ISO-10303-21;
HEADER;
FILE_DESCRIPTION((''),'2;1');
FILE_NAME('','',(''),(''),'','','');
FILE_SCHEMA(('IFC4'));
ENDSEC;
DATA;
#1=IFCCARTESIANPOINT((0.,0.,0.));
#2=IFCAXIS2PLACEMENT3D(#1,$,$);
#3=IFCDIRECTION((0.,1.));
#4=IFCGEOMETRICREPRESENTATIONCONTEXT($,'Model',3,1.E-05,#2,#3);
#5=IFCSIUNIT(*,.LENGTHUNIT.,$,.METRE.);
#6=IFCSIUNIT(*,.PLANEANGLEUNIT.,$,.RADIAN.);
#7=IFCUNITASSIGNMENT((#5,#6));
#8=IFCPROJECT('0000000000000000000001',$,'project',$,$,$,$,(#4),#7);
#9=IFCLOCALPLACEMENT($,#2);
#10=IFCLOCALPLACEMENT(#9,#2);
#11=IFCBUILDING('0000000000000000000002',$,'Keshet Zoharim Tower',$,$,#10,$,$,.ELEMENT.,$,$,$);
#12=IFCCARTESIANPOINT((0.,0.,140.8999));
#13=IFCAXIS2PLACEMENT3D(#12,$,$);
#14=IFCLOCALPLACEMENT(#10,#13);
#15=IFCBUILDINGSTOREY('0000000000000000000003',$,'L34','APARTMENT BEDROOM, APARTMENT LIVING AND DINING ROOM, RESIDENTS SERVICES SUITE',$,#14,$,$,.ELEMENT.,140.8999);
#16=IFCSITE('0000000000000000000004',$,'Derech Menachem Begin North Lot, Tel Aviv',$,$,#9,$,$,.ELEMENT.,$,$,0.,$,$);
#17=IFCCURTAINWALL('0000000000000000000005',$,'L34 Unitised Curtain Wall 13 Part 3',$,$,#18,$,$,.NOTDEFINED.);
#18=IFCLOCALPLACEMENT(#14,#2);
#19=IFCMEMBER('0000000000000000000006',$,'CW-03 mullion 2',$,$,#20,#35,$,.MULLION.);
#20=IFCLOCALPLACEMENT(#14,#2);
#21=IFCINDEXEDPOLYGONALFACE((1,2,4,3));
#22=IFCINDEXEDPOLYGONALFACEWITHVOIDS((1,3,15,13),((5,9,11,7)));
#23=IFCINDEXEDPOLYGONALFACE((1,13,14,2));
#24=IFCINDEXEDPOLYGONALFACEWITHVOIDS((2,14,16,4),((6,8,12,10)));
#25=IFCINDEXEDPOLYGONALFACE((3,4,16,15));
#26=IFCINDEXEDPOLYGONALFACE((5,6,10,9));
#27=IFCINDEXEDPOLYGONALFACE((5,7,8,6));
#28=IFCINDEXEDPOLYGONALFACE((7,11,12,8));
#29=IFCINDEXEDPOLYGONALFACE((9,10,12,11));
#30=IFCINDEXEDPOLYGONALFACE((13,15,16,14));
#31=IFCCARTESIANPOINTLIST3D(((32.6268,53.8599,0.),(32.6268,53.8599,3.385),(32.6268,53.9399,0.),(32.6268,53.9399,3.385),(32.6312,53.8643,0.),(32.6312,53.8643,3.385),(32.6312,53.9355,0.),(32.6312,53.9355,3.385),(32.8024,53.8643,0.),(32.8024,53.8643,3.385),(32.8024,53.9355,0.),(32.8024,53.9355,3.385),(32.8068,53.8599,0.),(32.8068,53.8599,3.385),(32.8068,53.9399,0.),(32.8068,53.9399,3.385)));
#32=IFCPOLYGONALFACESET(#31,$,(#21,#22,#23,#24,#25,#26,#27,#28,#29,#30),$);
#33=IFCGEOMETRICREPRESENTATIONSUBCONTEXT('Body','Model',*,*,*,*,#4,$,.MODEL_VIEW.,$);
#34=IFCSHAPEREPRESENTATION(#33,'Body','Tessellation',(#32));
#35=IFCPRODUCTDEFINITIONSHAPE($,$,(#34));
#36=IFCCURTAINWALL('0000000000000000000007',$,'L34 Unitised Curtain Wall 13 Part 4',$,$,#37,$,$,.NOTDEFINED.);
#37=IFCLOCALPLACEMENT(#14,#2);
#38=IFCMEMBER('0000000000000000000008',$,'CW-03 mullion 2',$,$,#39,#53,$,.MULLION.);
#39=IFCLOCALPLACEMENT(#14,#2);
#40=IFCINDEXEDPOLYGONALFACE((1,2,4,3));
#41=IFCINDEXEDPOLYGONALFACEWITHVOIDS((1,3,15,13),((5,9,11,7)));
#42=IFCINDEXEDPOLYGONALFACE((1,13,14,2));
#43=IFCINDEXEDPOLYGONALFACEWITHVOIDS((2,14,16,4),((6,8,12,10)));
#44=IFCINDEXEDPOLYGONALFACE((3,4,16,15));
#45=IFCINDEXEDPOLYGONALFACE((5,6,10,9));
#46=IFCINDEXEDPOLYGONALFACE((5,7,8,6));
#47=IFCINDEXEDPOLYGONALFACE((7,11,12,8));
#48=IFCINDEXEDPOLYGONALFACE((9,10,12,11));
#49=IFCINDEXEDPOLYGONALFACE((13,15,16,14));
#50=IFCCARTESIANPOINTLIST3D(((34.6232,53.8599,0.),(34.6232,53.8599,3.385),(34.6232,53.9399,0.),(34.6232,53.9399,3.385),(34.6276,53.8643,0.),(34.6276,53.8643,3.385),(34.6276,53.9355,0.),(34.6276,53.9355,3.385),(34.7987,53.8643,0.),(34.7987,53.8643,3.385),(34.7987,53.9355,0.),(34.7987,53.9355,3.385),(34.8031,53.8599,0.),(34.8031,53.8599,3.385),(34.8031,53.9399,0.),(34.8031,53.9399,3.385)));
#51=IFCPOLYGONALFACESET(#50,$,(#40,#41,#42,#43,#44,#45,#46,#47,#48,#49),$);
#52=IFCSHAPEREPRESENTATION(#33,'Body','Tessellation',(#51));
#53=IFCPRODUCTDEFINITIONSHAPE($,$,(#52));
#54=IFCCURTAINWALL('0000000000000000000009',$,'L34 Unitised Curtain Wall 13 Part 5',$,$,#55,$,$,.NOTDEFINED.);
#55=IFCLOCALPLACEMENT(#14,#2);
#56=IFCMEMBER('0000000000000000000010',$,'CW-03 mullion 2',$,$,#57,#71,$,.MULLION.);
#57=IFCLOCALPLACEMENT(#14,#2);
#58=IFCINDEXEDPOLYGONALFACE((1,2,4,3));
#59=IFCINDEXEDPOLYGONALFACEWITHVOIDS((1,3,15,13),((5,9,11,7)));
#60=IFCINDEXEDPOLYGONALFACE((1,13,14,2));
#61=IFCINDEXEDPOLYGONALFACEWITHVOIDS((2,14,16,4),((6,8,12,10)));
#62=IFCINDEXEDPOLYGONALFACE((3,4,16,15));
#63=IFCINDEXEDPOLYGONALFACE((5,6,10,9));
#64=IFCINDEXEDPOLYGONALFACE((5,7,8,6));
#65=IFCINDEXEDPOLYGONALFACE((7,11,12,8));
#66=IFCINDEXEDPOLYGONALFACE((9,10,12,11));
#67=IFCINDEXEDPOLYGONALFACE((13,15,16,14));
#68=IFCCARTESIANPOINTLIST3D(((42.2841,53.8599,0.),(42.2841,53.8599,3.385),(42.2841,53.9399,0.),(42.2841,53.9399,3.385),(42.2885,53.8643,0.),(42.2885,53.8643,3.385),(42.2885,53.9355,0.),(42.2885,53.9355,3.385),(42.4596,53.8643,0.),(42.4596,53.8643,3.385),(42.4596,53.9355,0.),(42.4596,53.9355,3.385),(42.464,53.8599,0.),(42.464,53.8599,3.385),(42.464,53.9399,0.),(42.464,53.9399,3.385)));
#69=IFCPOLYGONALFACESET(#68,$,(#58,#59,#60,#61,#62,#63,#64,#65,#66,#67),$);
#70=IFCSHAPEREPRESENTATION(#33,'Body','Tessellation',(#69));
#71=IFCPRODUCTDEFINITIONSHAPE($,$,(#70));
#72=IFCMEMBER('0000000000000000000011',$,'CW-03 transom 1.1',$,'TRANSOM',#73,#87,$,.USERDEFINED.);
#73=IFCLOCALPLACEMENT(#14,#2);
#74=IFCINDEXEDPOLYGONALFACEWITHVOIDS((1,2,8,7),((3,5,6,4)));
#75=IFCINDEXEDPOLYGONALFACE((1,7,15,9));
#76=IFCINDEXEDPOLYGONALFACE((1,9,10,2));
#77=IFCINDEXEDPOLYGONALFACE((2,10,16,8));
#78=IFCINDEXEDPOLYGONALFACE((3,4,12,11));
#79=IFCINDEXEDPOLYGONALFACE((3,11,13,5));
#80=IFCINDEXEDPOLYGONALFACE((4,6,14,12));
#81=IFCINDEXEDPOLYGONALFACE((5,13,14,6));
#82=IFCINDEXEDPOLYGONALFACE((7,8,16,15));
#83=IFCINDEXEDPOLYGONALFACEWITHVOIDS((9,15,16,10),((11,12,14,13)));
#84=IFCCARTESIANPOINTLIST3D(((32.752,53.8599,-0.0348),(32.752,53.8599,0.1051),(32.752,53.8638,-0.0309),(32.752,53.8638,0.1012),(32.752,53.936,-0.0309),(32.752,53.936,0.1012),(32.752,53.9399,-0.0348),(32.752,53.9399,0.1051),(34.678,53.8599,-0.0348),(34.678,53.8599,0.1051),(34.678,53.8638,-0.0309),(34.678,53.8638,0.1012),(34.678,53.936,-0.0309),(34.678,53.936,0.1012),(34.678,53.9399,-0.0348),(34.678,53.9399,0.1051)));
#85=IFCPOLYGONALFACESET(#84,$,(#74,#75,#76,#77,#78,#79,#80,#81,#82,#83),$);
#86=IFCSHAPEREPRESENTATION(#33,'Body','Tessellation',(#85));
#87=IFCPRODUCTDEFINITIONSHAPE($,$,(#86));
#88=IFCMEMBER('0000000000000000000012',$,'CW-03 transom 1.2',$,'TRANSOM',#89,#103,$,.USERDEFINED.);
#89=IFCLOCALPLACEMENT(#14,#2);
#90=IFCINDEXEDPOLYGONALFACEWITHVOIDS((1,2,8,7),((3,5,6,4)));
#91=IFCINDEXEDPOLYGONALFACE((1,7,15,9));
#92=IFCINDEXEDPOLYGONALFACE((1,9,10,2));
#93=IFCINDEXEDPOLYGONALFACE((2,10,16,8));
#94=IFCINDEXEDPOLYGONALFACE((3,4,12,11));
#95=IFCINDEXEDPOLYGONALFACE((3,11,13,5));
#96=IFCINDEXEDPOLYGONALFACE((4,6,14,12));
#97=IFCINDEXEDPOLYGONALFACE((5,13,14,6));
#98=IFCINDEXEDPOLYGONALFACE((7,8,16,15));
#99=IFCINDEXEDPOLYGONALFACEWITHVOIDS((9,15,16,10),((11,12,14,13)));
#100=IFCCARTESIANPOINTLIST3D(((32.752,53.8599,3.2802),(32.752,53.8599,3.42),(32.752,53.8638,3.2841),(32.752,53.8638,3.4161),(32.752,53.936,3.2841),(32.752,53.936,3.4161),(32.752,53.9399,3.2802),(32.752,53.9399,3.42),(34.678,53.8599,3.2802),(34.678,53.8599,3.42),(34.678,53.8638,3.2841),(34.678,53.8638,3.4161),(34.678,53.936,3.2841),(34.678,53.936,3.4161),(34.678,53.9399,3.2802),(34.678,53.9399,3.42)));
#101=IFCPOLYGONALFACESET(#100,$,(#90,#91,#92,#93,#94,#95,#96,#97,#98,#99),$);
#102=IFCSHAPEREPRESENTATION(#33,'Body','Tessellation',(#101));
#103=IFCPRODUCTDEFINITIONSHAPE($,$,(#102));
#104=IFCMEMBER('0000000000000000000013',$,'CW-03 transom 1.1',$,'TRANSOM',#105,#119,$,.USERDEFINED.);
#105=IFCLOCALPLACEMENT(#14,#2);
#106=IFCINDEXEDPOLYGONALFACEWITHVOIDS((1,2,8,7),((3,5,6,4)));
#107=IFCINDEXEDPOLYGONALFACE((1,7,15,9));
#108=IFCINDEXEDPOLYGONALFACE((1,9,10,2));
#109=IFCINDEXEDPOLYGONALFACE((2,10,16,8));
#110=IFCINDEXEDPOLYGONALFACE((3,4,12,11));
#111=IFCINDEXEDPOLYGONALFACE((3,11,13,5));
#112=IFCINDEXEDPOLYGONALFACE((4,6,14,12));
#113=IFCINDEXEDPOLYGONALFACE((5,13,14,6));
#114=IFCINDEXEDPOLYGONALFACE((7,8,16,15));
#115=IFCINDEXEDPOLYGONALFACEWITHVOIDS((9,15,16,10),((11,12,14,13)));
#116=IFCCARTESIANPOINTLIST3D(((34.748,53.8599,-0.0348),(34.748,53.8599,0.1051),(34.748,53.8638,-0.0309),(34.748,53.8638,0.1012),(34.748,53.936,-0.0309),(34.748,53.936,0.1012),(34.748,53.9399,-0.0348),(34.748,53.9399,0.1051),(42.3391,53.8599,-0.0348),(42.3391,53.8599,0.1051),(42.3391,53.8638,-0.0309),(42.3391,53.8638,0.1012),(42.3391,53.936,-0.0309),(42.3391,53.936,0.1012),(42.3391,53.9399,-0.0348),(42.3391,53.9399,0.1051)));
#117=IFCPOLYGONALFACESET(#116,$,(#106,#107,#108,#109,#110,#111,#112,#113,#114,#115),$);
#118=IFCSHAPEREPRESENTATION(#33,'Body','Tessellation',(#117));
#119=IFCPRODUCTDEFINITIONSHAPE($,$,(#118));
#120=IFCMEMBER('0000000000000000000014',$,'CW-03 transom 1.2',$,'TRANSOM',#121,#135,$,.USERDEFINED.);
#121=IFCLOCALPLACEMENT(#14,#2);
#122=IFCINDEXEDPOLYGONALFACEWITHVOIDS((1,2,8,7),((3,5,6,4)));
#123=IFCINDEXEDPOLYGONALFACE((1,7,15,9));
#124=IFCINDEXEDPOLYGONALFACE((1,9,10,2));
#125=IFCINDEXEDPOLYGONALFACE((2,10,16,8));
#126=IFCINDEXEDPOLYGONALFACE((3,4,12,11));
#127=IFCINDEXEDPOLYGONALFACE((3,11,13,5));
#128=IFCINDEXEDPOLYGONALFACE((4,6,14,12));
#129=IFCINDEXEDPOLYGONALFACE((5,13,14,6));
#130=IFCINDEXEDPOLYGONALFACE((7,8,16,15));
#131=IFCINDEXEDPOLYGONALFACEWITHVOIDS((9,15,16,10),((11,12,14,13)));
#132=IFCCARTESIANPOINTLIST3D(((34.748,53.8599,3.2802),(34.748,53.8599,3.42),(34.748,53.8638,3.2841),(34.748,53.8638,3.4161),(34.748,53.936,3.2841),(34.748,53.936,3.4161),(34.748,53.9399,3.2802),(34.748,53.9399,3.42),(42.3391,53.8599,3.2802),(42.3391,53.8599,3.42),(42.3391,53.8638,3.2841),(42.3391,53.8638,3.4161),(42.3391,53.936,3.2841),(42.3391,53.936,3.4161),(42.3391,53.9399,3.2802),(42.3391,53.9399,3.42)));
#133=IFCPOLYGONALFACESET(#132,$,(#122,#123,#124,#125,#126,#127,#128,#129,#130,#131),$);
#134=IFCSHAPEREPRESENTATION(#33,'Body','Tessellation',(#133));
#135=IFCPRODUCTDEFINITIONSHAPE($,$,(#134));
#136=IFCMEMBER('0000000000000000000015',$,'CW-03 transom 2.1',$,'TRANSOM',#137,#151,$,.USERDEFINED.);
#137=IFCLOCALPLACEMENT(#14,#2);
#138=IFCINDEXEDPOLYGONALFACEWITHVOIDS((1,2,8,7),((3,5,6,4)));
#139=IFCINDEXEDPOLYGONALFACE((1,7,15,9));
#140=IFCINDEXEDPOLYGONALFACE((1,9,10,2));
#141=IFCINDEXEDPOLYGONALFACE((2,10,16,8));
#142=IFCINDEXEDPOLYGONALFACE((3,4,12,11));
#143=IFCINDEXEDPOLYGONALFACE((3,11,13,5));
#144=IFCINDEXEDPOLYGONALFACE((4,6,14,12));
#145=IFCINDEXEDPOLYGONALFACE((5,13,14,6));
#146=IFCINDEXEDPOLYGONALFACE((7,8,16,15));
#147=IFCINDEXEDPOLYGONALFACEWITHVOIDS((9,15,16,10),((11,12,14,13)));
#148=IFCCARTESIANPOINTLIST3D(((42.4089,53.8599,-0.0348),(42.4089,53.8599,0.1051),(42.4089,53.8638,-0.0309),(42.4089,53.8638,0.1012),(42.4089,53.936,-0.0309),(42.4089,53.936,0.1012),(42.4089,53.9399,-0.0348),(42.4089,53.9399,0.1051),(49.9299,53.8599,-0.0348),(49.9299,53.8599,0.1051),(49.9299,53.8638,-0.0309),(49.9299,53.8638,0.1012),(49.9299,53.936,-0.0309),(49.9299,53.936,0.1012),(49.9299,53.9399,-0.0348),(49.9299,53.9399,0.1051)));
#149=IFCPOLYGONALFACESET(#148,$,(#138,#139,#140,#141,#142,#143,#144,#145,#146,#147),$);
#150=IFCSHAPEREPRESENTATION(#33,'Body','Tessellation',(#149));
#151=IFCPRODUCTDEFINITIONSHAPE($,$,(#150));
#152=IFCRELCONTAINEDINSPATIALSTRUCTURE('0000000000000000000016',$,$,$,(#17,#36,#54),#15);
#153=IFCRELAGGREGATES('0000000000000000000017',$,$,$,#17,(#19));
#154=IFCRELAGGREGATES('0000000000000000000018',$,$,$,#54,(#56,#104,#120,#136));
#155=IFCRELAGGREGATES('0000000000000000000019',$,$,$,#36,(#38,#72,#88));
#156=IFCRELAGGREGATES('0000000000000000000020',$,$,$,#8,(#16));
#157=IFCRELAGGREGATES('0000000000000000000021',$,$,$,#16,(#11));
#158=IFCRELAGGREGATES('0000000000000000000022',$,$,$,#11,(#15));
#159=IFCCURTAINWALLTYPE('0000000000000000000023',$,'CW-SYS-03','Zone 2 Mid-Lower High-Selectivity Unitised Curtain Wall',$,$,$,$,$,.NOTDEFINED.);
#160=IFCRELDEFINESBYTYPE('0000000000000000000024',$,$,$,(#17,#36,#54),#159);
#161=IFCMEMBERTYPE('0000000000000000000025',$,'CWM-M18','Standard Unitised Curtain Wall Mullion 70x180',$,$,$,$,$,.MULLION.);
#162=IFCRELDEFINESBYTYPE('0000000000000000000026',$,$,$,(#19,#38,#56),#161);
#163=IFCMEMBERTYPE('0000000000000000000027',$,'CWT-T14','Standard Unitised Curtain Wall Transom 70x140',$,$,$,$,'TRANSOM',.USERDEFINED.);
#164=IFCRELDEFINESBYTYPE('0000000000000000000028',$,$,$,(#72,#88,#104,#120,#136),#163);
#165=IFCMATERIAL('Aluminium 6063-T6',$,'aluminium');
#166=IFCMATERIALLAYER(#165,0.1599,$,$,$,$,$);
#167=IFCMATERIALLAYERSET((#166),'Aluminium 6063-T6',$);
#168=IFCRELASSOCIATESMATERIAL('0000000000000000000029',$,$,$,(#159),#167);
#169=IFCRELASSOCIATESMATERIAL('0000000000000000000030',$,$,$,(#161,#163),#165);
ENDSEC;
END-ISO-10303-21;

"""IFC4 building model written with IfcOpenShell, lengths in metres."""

from ifc_helpers import new_model, si_unit, direction, frame, origin, origin_2d, place, context, subcontext, project, spatial, hollow_rectangle, extrude, material, layer, layer_set, material_profile, profile_set, type_object, element, aggregate, save


model = new_model("IFC4")

# Units and contexts
model_context = context("Model", 3, precision=1e-05, world=origin(), true_north=direction((0.0, 1.0)))
body_context = subcontext(model_context, "Body", "Model", "MODEL_VIEW")
ifc_project = project(units=[si_unit("LENGTHUNIT", "METRE"), si_unit("PLANEANGLEUNIT", "RADIAN")], contexts=[model_context])

# Site, building, storey
site_placement = place(None, origin())
site = spatial("IfcSite", under=ifc_project, at=site_placement, Name="Derech Menachem Begin North Lot, Tel Aviv", CompositionType="ELEMENT", RefElevation=0.0)
building_placement = place(site_placement, origin())
building = spatial("IfcBuilding", under=site, at=building_placement, Name="Keshet Zoharim Tower", CompositionType="ELEMENT")
storey_placement = place(building_placement, frame((0.0, 0.0, 140.8999)))
storey = spatial("IfcBuildingStorey", under=building, at=storey_placement, Name="L34", Description="APARTMENT BEDROOM, APARTMENT LIVING AND DINING ROOM, RESIDENTS SERVICES SUITE", CompositionType="ELEMENT", Elevation=140.8999)

# Curtain walls, members
ifc_material_1 = material(Name="Aluminium 6063-T6", Category="aluminium")
ifc_layer_1 = layer(ifc_material_1, 0.1599)
ifc_layer_set_1 = layer_set([ifc_layer_1], Name="Aluminium 6063-T6")
curtain_wall_type = type_object("IfcCurtainWallType", Name="CW-SYS-03", Description="Zone 2 Mid-Lower High-Selectivity Unitised Curtain Wall", PredefinedType="NOTDEFINED", material=ifc_layer_set_1)
curtain_wall_1_placement = place(storey_placement, origin())
curtain_wall_1 = element("IfcCurtainWall", 1, at=curtain_wall_1_placement, inside=storey, type_object=curtain_wall_type, Name="L34 Unitised Curtain Wall 13 Part 3", PredefinedType="NOTDEFINED")
ifc_material_profile_1 = material_profile(ifc_material_1, hollow_rectangle(XDim=0.0801, YDim=0.1799, WallThickness=0.0044, at=origin_2d()), Name="MUL-80x180")
ifc_profile_set_1 = profile_set([ifc_material_profile_1], Name="Aluminium 6063-T6")
member_type_1 = type_object("IfcMemberType", Name="CWM-M18", Description="Standard Unitised Curtain Wall Mullion 70x180", PredefinedType="MULLION", material=ifc_profile_set_1)
member_1_placement = place(storey_placement, frame((32.7168, 53.8999, 0.0), z_axis=(0.0, 0.0, 1.0), x_axis=(0.0, 1.0, 0.0)))
member_1 = element("IfcMember", 2, at=member_1_placement, type_object=member_type_1, Name="CW-03 mullion 2", PredefinedType="MULLION", context=body_context, shape_type="SweptSolid", body=[
    extrude(hollow_rectangle(XDim=0.0801, YDim=0.1799, WallThickness=0.0044, at=origin_2d()), origin(), (0.0, 0.0, 1.0), 3.385),
])
aggregate(curtain_wall_1, [member_1])
curtain_wall_2_placement = place(storey_placement, origin())
curtain_wall_2 = element("IfcCurtainWall", 3, at=curtain_wall_2_placement, inside=storey, type_object=curtain_wall_type, Name="L34 Unitised Curtain Wall 13 Part 4", PredefinedType="NOTDEFINED")
member_2_placement = place(storey_placement, frame((34.7131, 53.8999, 0.0), z_axis=(0.0, 0.0, 1.0), x_axis=(0.0, 1.0, 0.0)))
member_2 = element("IfcMember", 4, at=member_2_placement, type_object=member_type_1, Name="CW-03 mullion 2", PredefinedType="MULLION", context=body_context, shape_type="SweptSolid", body=[
    extrude(hollow_rectangle(XDim=0.0801, YDim=0.1799, WallThickness=0.0044, at=origin_2d()), origin(), (0.0, 0.0, 1.0), 3.385),
])
curtain_wall_3_placement = place(storey_placement, origin())
curtain_wall_3 = element("IfcCurtainWall", 5, at=curtain_wall_3_placement, inside=storey, type_object=curtain_wall_type, Name="L34 Unitised Curtain Wall 13 Part 5", PredefinedType="NOTDEFINED")
member_3_placement = place(storey_placement, frame((42.374, 53.8999, 0.0), z_axis=(0.0, 0.0, 1.0), x_axis=(0.0, 1.0, 0.0)))
member_3 = element("IfcMember", 6, at=member_3_placement, type_object=member_type_1, Name="CW-03 mullion 2", PredefinedType="MULLION", context=body_context, shape_type="SweptSolid", body=[
    extrude(hollow_rectangle(XDim=0.0801, YDim=0.1799, WallThickness=0.0044, at=origin_2d()), origin(), (0.0, 0.0, 1.0), 3.385),
])

# Members
ifc_material_profile_2 = material_profile(ifc_material_1, hollow_rectangle(XDim=0.0801, YDim=0.1399, WallThickness=0.0039, at=origin_2d()), Name="TRN-80x140")
ifc_profile_set_2 = profile_set([ifc_material_profile_2], Name="Aluminium 6063-T6")
member_type_2 = type_object("IfcMemberType", Name="CWT-T14", Description="Standard Unitised Curtain Wall Transom 70x140", ElementType="TRANSOM", PredefinedType="USERDEFINED", material=ifc_profile_set_2)
member_4_placement = place(storey_placement, frame((32.752, 53.8999, 0.0352), z_axis=(1.0, 0.0, 0.0), x_axis=(0.0, 1.0, 0.0)))
member_4 = element("IfcMember", 7, at=member_4_placement, type_object=member_type_2, Name="CW-03 transom 1.1", ObjectType="TRANSOM", PredefinedType="USERDEFINED", context=body_context, shape_type="SweptSolid", body=[
    extrude(hollow_rectangle(XDim=0.0801, YDim=0.1399, WallThickness=0.0039, at=origin_2d()), origin(), (0.0, 0.0, 1.0), 1.926),
])
member_5_placement = place(storey_placement, frame((32.752, 53.8999, 3.3501), z_axis=(1.0, 0.0, 0.0), x_axis=(0.0, 1.0, 0.0)))
member_5 = element("IfcMember", 8, at=member_5_placement, type_object=member_type_2, Name="CW-03 transom 1.2", ObjectType="TRANSOM", PredefinedType="USERDEFINED", context=body_context, shape_type="SweptSolid", body=[
    extrude(hollow_rectangle(XDim=0.0801, YDim=0.1399, WallThickness=0.0039, at=origin_2d()), origin(), (0.0, 0.0, 1.0), 1.926),
])
member_6_placement = place(storey_placement, frame((34.748, 53.8999, 0.0352), z_axis=(1.0, 0.0, 0.0), x_axis=(0.0, 1.0, 0.0)))
member_6 = element("IfcMember", 9, at=member_6_placement, type_object=member_type_2, Name="CW-03 transom 1.1", ObjectType="TRANSOM", PredefinedType="USERDEFINED", context=body_context, shape_type="SweptSolid", body=[
    extrude(hollow_rectangle(XDim=0.0801, YDim=0.1399, WallThickness=0.0039, at=origin_2d()), origin(), (0.0, 0.0, 1.0), 7.5911),
])
member_7_placement = place(storey_placement, frame((34.748, 53.8999, 3.3501), z_axis=(1.0, 0.0, 0.0), x_axis=(0.0, 1.0, 0.0)))
member_7 = element("IfcMember", 10, at=member_7_placement, type_object=member_type_2, Name="CW-03 transom 1.2", ObjectType="TRANSOM", PredefinedType="USERDEFINED", context=body_context, shape_type="SweptSolid", body=[
    extrude(hollow_rectangle(XDim=0.0801, YDim=0.1399, WallThickness=0.0039, at=origin_2d()), origin(), (0.0, 0.0, 1.0), 7.5911),
])
member_8_placement = place(storey_placement, frame((42.4089, 53.8999, 0.0352), z_axis=(1.0, 0.0, 0.0), x_axis=(0.0, 1.0, 0.0)))
member_8 = element("IfcMember", 11, at=member_8_placement, type_object=member_type_2, Name="CW-03 transom 2.1", ObjectType="TRANSOM", PredefinedType="USERDEFINED", context=body_context, shape_type="SweptSolid", body=[
    extrude(hollow_rectangle(XDim=0.0801, YDim=0.1399, WallThickness=0.0039, at=origin_2d()), origin(), (0.0, 0.0, 1.0), 7.521),
])

aggregate(curtain_wall_3, [member_3, member_6, member_7, member_8])
aggregate(curtain_wall_2, [member_2, member_4, member_5])

save(model, "model.ifc")
